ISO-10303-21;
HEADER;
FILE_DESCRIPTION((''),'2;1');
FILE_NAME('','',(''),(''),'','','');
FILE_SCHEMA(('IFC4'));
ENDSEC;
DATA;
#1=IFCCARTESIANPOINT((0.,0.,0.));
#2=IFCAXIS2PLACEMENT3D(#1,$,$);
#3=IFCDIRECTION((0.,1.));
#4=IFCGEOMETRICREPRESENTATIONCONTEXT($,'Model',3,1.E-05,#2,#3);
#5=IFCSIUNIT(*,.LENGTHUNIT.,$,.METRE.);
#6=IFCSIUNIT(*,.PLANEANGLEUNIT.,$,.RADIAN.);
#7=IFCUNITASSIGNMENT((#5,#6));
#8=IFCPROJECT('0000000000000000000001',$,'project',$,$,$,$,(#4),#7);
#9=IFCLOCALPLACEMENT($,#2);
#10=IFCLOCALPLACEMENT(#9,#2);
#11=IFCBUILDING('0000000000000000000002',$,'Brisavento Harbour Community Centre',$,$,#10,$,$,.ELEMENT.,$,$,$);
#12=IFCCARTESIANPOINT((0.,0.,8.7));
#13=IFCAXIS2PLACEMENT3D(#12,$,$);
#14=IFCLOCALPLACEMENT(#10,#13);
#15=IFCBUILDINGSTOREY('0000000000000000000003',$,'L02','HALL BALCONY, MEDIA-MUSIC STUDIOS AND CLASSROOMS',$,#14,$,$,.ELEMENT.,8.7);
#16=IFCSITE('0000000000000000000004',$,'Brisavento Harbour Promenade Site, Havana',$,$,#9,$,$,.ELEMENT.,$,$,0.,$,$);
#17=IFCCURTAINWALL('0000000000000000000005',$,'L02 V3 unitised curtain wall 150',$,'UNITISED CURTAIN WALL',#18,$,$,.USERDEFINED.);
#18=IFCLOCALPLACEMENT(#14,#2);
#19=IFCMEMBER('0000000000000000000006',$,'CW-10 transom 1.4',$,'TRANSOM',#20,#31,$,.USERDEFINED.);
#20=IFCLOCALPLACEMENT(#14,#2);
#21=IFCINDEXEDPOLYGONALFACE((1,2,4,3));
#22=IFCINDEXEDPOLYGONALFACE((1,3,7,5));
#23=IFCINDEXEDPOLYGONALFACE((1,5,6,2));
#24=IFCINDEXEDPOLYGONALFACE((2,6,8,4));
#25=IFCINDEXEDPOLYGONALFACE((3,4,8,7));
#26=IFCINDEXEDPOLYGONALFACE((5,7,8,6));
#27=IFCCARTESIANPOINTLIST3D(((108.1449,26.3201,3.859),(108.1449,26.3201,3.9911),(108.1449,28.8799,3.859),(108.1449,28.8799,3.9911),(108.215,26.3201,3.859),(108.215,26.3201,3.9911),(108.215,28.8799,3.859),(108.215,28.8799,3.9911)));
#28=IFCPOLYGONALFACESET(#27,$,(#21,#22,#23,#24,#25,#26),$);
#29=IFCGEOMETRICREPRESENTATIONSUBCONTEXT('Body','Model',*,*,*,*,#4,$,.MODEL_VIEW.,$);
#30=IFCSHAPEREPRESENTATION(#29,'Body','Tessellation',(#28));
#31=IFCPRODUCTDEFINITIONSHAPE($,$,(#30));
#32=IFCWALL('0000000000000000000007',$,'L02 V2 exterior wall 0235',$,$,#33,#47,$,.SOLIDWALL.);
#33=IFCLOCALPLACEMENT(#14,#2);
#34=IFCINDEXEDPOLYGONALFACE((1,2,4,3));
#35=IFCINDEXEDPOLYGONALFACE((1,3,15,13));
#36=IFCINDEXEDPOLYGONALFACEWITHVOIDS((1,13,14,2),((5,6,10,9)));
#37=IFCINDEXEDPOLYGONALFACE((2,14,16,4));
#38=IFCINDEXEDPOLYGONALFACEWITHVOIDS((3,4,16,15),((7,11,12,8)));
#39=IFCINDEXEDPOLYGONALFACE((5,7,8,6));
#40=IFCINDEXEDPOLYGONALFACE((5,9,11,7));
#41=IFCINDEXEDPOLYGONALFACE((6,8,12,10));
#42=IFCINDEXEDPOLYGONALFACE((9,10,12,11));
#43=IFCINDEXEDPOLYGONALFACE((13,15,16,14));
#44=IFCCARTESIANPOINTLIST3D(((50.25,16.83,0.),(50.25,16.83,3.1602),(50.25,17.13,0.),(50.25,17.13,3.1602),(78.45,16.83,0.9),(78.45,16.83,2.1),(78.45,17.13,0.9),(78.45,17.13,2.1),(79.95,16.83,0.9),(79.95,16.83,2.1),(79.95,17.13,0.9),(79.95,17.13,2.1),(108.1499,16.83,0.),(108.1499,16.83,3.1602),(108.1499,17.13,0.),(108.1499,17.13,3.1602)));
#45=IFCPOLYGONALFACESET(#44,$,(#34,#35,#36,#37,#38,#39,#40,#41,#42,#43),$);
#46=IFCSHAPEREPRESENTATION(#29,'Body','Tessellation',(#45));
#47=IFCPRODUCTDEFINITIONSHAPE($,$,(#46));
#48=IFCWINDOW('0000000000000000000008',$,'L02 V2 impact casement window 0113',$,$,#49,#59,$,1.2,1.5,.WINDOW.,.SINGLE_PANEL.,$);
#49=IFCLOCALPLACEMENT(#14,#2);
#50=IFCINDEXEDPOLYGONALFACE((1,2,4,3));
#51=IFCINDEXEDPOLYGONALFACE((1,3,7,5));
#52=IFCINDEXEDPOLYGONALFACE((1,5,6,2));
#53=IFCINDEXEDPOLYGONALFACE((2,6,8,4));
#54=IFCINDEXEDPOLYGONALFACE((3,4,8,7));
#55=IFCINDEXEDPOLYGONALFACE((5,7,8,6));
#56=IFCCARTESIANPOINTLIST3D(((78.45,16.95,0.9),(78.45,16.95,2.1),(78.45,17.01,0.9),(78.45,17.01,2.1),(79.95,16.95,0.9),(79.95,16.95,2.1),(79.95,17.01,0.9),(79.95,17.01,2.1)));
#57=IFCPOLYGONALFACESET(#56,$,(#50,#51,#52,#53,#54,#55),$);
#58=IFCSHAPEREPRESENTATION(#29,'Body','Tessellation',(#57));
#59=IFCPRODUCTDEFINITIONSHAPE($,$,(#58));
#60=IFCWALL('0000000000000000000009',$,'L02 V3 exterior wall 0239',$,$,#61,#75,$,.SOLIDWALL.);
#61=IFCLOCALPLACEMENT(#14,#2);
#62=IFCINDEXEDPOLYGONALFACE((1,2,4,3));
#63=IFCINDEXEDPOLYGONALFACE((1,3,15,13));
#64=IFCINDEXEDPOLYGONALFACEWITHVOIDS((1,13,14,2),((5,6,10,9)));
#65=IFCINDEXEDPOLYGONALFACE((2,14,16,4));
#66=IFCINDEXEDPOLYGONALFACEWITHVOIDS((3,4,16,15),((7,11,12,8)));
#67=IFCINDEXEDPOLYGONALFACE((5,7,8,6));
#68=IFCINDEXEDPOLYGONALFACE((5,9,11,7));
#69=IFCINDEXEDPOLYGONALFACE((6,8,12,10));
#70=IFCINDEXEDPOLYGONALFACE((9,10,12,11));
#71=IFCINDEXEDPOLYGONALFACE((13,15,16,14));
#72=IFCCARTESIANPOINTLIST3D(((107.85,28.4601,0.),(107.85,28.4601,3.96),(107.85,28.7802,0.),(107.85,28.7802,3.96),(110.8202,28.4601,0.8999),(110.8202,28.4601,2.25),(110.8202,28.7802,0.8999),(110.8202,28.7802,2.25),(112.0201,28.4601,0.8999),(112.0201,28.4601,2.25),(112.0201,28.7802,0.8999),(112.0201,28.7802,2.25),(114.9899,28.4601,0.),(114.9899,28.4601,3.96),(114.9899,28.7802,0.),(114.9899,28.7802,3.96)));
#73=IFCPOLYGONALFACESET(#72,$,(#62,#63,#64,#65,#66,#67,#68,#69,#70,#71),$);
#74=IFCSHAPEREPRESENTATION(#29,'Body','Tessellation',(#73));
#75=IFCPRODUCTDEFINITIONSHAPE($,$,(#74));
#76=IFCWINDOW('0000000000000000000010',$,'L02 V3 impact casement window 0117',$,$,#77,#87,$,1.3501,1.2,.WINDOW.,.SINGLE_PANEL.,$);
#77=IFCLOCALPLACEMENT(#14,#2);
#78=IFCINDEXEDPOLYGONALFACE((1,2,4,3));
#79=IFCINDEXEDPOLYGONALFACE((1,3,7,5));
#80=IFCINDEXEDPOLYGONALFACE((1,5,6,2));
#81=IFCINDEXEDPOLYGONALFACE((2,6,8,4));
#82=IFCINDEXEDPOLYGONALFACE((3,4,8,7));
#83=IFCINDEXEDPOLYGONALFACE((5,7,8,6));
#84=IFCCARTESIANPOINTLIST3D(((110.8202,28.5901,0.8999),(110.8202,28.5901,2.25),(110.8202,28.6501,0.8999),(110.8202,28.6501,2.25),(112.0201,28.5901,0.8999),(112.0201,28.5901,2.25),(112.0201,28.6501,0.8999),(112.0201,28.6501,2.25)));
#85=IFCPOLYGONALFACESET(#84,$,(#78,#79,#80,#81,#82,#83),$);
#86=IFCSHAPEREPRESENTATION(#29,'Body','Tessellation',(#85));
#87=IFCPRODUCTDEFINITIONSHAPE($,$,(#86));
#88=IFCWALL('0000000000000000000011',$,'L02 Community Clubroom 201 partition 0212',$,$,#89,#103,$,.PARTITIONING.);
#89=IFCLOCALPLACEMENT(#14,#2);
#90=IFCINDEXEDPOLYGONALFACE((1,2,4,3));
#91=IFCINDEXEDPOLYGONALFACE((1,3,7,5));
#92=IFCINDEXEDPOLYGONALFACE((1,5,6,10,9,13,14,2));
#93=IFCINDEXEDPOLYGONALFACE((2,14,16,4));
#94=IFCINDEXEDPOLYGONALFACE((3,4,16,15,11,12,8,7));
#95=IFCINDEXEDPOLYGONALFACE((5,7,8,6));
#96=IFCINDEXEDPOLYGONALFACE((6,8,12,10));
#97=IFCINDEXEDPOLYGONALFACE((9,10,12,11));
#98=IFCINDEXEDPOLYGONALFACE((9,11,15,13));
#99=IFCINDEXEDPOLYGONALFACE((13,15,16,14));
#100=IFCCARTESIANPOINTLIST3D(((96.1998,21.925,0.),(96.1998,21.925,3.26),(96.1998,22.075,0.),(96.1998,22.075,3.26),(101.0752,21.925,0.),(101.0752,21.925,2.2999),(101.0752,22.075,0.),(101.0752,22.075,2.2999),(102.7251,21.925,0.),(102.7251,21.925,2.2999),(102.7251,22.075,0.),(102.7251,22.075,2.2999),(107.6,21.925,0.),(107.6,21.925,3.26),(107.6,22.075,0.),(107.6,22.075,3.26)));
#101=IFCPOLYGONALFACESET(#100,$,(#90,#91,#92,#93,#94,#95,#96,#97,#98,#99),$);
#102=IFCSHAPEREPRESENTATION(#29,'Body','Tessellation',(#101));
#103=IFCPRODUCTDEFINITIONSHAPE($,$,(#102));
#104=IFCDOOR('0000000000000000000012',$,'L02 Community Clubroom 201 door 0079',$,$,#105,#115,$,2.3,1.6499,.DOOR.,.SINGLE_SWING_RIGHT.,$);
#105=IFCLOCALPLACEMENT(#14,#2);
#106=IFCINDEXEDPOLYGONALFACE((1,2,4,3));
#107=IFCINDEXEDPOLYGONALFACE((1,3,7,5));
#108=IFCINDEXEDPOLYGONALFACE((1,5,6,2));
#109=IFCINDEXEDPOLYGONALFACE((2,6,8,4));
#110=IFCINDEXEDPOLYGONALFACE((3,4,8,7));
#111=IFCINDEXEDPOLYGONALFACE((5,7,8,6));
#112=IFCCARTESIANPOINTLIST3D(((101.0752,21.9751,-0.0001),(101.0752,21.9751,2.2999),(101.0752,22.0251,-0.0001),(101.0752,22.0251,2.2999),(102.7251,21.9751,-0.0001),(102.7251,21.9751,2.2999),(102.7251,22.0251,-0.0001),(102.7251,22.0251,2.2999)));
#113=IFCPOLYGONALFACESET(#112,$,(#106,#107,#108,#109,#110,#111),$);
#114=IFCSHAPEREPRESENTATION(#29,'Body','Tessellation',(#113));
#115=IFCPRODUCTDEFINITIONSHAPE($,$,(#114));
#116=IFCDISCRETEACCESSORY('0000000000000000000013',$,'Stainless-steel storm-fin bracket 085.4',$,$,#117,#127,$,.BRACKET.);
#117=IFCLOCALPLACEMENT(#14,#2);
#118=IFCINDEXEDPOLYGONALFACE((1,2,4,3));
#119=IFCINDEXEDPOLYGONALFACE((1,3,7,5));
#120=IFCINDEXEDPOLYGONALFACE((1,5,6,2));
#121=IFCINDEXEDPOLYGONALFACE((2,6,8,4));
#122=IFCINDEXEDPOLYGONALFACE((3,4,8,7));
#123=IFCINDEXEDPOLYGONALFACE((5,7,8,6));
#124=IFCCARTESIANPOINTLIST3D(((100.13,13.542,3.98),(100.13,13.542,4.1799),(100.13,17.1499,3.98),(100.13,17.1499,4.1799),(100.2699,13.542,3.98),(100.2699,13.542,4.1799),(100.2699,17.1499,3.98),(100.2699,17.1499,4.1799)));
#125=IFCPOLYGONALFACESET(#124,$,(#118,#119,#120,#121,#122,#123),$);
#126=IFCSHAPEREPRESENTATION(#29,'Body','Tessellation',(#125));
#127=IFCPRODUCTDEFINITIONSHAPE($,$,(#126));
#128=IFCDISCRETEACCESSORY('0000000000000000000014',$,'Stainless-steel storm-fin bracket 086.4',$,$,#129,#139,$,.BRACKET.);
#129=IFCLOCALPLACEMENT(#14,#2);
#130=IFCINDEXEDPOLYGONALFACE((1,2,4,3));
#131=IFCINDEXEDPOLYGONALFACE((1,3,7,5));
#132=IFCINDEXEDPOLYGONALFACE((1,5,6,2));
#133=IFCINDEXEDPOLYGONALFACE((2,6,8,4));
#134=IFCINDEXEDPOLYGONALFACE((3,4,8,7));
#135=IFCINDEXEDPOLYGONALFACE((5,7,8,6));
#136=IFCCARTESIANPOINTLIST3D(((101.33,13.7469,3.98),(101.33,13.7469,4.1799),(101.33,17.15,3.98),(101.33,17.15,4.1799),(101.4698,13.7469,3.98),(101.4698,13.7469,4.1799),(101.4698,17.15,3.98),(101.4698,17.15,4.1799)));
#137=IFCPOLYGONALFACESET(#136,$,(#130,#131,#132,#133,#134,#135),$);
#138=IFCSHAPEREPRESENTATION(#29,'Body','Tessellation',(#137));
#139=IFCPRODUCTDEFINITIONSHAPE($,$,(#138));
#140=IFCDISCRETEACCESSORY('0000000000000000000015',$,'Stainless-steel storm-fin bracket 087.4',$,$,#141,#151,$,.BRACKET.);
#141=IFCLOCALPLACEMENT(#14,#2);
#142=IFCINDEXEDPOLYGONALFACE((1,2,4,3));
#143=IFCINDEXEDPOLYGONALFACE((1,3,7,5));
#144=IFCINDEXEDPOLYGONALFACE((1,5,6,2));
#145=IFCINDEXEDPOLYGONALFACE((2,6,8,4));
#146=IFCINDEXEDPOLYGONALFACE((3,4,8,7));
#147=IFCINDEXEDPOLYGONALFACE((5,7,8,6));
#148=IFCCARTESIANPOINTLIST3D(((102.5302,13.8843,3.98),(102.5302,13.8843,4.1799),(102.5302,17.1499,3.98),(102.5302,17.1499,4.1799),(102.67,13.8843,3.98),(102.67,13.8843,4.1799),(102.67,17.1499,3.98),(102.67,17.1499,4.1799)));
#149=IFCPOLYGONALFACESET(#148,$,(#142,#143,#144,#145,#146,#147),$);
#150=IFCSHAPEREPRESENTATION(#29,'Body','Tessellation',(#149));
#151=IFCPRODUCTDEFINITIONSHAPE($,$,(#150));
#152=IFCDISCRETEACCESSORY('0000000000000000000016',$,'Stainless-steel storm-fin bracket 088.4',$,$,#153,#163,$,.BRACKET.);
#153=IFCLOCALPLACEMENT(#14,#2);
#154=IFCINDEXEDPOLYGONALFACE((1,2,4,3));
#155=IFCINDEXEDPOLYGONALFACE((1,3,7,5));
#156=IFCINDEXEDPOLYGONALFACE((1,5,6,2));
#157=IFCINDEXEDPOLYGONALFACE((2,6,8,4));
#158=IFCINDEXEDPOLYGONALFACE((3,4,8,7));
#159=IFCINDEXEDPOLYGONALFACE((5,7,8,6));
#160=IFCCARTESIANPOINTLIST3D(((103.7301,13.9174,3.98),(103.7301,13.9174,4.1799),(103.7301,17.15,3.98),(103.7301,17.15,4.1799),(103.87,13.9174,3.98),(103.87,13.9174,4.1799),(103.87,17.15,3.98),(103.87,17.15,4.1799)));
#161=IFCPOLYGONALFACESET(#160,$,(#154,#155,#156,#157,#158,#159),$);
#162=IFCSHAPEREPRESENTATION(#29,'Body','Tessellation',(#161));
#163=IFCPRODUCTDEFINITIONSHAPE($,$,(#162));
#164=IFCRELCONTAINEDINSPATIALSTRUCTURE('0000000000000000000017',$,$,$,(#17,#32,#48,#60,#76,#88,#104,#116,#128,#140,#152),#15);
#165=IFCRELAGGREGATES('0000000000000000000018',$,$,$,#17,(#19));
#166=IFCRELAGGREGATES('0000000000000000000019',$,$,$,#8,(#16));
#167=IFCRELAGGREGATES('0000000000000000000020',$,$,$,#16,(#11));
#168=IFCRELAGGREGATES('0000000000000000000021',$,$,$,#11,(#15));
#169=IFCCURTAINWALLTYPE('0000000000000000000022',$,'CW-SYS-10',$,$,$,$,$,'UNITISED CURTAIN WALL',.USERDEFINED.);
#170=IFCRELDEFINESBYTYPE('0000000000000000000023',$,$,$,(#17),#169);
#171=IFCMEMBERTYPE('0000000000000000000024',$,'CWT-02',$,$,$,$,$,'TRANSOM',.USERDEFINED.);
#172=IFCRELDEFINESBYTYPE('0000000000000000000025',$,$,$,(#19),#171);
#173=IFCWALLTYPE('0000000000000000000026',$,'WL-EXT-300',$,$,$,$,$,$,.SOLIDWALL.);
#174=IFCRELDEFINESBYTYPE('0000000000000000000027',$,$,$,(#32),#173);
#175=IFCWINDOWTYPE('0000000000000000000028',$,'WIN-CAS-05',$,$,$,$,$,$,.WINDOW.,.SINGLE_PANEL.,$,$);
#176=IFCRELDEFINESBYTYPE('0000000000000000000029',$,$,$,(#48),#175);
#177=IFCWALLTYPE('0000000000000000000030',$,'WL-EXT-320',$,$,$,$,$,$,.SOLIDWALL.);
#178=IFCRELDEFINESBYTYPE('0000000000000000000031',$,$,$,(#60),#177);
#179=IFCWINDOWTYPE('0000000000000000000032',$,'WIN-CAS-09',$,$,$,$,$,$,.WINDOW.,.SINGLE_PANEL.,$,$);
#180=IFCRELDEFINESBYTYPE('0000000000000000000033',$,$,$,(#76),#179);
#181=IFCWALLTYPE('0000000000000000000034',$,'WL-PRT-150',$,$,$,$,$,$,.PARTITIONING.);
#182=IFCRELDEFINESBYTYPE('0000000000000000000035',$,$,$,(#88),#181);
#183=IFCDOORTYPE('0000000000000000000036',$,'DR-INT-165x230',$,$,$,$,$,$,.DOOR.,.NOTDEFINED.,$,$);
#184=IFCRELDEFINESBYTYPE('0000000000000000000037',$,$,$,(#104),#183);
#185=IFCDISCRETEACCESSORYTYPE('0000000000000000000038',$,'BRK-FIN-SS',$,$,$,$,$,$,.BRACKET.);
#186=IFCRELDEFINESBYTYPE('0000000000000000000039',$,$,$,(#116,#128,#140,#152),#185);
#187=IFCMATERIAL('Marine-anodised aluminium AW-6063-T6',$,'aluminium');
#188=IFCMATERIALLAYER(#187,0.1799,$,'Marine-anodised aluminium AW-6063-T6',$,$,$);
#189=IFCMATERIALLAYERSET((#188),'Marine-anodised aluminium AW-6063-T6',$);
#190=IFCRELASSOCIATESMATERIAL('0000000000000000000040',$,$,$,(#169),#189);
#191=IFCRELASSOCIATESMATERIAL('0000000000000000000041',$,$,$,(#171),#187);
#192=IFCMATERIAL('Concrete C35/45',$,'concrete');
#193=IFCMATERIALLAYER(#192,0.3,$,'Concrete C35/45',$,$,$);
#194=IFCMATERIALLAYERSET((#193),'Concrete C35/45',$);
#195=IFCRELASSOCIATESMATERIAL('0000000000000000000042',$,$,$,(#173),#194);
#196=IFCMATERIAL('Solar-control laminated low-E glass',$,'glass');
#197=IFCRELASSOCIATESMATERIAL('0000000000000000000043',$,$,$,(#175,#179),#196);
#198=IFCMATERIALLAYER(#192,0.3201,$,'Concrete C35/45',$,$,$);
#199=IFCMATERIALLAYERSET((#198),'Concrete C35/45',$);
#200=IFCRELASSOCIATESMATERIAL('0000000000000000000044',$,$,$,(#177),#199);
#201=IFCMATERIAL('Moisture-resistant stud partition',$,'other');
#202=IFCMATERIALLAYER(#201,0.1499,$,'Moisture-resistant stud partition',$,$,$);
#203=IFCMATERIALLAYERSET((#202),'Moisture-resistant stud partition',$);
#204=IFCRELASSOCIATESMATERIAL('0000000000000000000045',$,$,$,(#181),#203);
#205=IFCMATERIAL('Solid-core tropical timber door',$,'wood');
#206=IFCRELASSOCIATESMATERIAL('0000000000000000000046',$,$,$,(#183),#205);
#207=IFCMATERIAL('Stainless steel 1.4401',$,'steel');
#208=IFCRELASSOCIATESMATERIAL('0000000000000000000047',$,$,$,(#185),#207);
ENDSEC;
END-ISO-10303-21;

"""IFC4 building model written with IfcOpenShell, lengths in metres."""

from ifc_helpers import new_model, si_unit, direction, frame, frame_2d, origin, origin_2d, place, context, subcontext, project, spatial, rectangle, extrude, material, layer, layer_set, material_profile, profile_set, type_object, element, fill, aggregate, save


model = new_model("IFC4")

# Units and contexts
model_context = context("Model", 3, precision=1e-05, world=origin(), true_north=direction((0.0, 1.0)))
body_context = subcontext(model_context, "Body", "Model", "MODEL_VIEW")
ifc_project = project(units=[si_unit("LENGTHUNIT", "METRE"), si_unit("PLANEANGLEUNIT", "RADIAN")], contexts=[model_context])

# Site, building, storey
site_placement = place(None, origin())
site = spatial("IfcSite", under=ifc_project, at=site_placement, Name="Brisavento Harbour Promenade Site, Havana", CompositionType="ELEMENT", RefElevation=0.0)
building_placement = place(site_placement, origin())
building = spatial("IfcBuilding", under=site, at=building_placement, Name="Brisavento Harbour Community Centre", CompositionType="ELEMENT")
storey_placement = place(building_placement, frame((0.0, 0.0, 8.7)))
storey = spatial("IfcBuildingStorey", under=building, at=storey_placement, Name="L02", Description="HALL BALCONY, MEDIA-MUSIC STUDIOS AND CLASSROOMS", CompositionType="ELEMENT", Elevation=8.7)

# Shared definitions
ifc_material_1 = material(Name="Concrete C35/45", Category="concrete")

# Curtain wall, member
ifc_material_2 = material(Name="Marine-anodised aluminium AW-6063-T6", Category="aluminium")
ifc_layer_1 = layer(ifc_material_2, 0.1799, Name="Marine-anodised aluminium AW-6063-T6")
ifc_layer_set_1 = layer_set([ifc_layer_1], Name="Marine-anodised aluminium AW-6063-T6")
curtain_wall_type = type_object("IfcCurtainWallType", Name="CW-SYS-10", ElementType="UNITISED CURTAIN WALL", PredefinedType="USERDEFINED", material=ifc_layer_set_1)
curtain_wall_placement = place(storey_placement, origin())
curtain_wall = element("IfcCurtainWall", 1, at=curtain_wall_placement, inside=storey, type_object=curtain_wall_type, Name="L02 V3 unitised curtain wall 150", ObjectType="UNITISED CURTAIN WALL", PredefinedType="USERDEFINED")
ifc_material_profile_1 = material_profile(ifc_material_2, rectangle(XDim=0.0701, YDim=0.1321, at=origin_2d()), Name="Marine-anodised aluminium AW-6063-T6")
ifc_profile_set_1 = profile_set([ifc_material_profile_1], Name="Marine-anodised aluminium AW-6063-T6")
member_type_1 = type_object("IfcMemberType", Name="CWT-02", ElementType="TRANSOM", PredefinedType="USERDEFINED", material=ifc_profile_set_1)
member_1_placement = place(storey_placement, frame((108.1799, 26.3201, 3.925), z_axis=(0.0, 1.0, 0.0), x_axis=(-1.0, 0.0, 0.0)))
member_1 = element("IfcMember", 2, at=member_1_placement, type_object=member_type_1, Name="CW-10 transom 1.4", ObjectType="TRANSOM", PredefinedType="USERDEFINED", context=body_context, shape_type="SweptSolid", body=[
    extrude(rectangle(XDim=0.0701, YDim=0.1321, at=origin_2d()), origin(), (0.0, 0.0, 1.0), 2.5598),
])
aggregate(curtain_wall, [member_1])

# Walls, openings, windows
ifc_layer_2 = layer(ifc_material_1, 0.3, Name="Concrete C35/45")
ifc_layer_set_2 = layer_set([ifc_layer_2], Name="Concrete C35/45")
wall_type_1 = type_object("IfcWallType", Name="WL-EXT-300", PredefinedType="SOLIDWALL", material=ifc_layer_set_2)
wall_1_placement = place(storey_placement, frame((108.1499, 16.98, 0.0), z_axis=(0.0, 0.0, 1.0), x_axis=(-1.0, 0.0, 0.0)))
wall_1 = element("IfcWall", 3, at=wall_1_placement, inside=storey, type_object=wall_type_1, Name="L02 V2 exterior wall 0235", PredefinedType="SOLIDWALL", context=body_context, shape_type="SweptSolid", body=[
    extrude(rectangle(XDim=57.8999, YDim=0.3, at=frame_2d((28.95, 0.0))), origin(), (0.0, 0.0, 1.0), 3.1602),
])
opening_1_placement = place(wall_1_placement, frame((28.2, 0.0, 0.8999)))
opening_1 = element("IfcOpeningElement", 4, at=opening_1_placement, cuts=wall_1, PredefinedType="OPENING", context=body_context, shape_type="SweptSolid", body=[
    extrude(rectangle(XDim=1.5, YDim=1.2, at=frame_2d((0.75, 0.6001))), frame((0.0, 0.1602, 0.0), z_axis=(0.0, -1.0, 0.0), x_axis=(1.0, 0.0, 0.0)), (0.0, 0.0, 1.0), 0.3201),
])
ifc_material_3 = material(Name="Solar-control laminated low-E glass", Category="glass")
window_type_1 = type_object("IfcWindowType", Name="WIN-CAS-05", PartitioningType="SINGLE_PANEL", PredefinedType="WINDOW", material=ifc_material_3)
window_1_placement = place(opening_1_placement, origin())
window_1 = element("IfcWindow", 5, at=window_1_placement, inside=storey, type_object=window_type_1, Name="L02 V2 impact casement window 0113", OverallHeight=1.2, OverallWidth=1.5, PartitioningType="SINGLE_PANEL", PredefinedType="WINDOW", context=body_context, shape_type="SweptSolid", body=[
    extrude(rectangle(XDim=1.5, YDim=1.2, at=frame_2d((0.75, 0.6001))), frame((0.0, 0.03, 0.0), z_axis=(0.0, -1.0, 0.0), x_axis=(1.0, 0.0, 0.0)), (0.0, 0.0, 1.0), 0.0601),
])
fill(opening_1, window_1)
ifc_layer_3 = layer(ifc_material_1, 0.3201, Name="Concrete C35/45")
ifc_layer_set_3 = layer_set([ifc_layer_3], Name="Concrete C35/45")
wall_type_2 = type_object("IfcWallType", Name="WL-EXT-320", PredefinedType="SOLIDWALL", material=ifc_layer_set_3)
wall_2_placement = place(storey_placement, frame((107.8501, 28.6201, 0.0), z_axis=(0.0, 0.0, 1.0), x_axis=(1.0, 0.0, 0.0)))
wall_2 = element("IfcWall", 6, at=wall_2_placement, inside=storey, type_object=wall_type_2, Name="L02 V3 exterior wall 0239", PredefinedType="SOLIDWALL", context=body_context, shape_type="SweptSolid", body=[
    extrude(rectangle(XDim=7.1399, YDim=0.3201, at=frame_2d((3.5698, 0.0))), origin(), (0.0, 0.0, 1.0), 3.96),
])
opening_2_placement = place(wall_2_placement, frame((2.97, 0.0, 0.8999)))
opening_2 = element("IfcOpeningElement", 7, at=opening_2_placement, cuts=wall_2, PredefinedType="OPENING", context=body_context, shape_type="SweptSolid", body=[
    extrude(rectangle(XDim=1.2, YDim=1.3501, at=frame_2d((0.6001, 0.675))), frame((0.0, 0.1699, 0.0), z_axis=(0.0, -1.0, 0.0), x_axis=(1.0, 0.0, 0.0)), (0.0, 0.0, 1.0), 0.3401),
])
window_type_2 = type_object("IfcWindowType", Name="WIN-CAS-09", PartitioningType="SINGLE_PANEL", PredefinedType="WINDOW", material=ifc_material_3)
window_2_placement = place(opening_2_placement, origin())
window_2 = element("IfcWindow", 8, at=window_2_placement, inside=storey, type_object=window_type_2, Name="L02 V3 impact casement window 0117", OverallHeight=1.3501, OverallWidth=1.2, PartitioningType="SINGLE_PANEL", PredefinedType="WINDOW", context=body_context, shape_type="SweptSolid", body=[
    extrude(rectangle(XDim=1.2, YDim=1.3501, at=frame_2d((0.6001, 0.675))), frame((0.0, 0.03, 0.0), z_axis=(0.0, -1.0, 0.0), x_axis=(1.0, 0.0, 0.0)), (0.0, 0.0, 1.0), 0.0601),
])
fill(opening_2, window_2)

# Wall, opening, door
ifc_material_4 = material(Name="Moisture-resistant stud partition", Category="other")
ifc_layer_4 = layer(ifc_material_4, 0.1499, Name="Moisture-resistant stud partition")
ifc_layer_set_4 = layer_set([ifc_layer_4], Name="Moisture-resistant stud partition")
wall_type_3 = type_object("IfcWallType", Name="WL-PRT-150", PredefinedType="PARTITIONING", material=ifc_layer_set_4)
wall_3_placement = place(storey_placement, frame((107.6001, 22.0, 0.0), z_axis=(0.0, 0.0, 1.0), x_axis=(-1.0, 0.0, 0.0)))
wall_3 = element("IfcWall", 9, at=wall_3_placement, inside=storey, type_object=wall_type_3, Name="L02 Community Clubroom 201 partition 0212", PredefinedType="PARTITIONING", context=body_context, shape_type="SweptSolid", body=[
    extrude(rectangle(XDim=11.4001, YDim=0.1499, at=frame_2d((5.7002, 0.0))), origin(), (0.0, 0.0, 1.0), 3.26),
])
opening_3_placement = place(wall_3_placement, frame((4.875, 0.0, 0.0)))
opening_3 = element("IfcOpeningElement", 10, at=opening_3_placement, cuts=wall_3, PredefinedType="OPENING", context=body_context, shape_type="SweptSolid", body=[
    extrude(rectangle(XDim=1.6499, YDim=2.3, at=frame_2d((0.825, 1.1499))), frame((0.0, 0.085, 0.0), z_axis=(0.0, -1.0, 0.0), x_axis=(1.0, 0.0, 0.0)), (0.0, 0.0, 1.0), 0.1699),
])
ifc_material_5 = material(Name="Solid-core tropical timber door", Category="wood")
door_type = type_object("IfcDoorType", Name="DR-INT-165x230", OperationType="NOTDEFINED", PredefinedType="DOOR", material=ifc_material_5)
door_placement = place(opening_3_placement, origin())
door = element("IfcDoor", 11, at=door_placement, inside=storey, type_object=door_type, Name="L02 Community Clubroom 201 door 0079", OperationType="SINGLE_SWING_RIGHT", OverallHeight=2.3, OverallWidth=1.6499, PredefinedType="DOOR", context=body_context, shape_type="SweptSolid", body=[
    extrude(rectangle(XDim=1.6499, YDim=2.3, at=frame_2d((0.825, 1.1499))), frame((0.0, 0.0249, 0.0), z_axis=(0.0, -1.0, 0.0), x_axis=(1.0, 0.0, 0.0)), (0.0, 0.0, 1.0), 0.05),
])
fill(opening_3, door)

# Discrete accessories
ifc_material_6 = material(Name="Stainless steel 1.4401", Category="steel")
discrete_accessory_type = type_object("IfcDiscreteAccessoryType", Name="BRK-FIN-SS", PredefinedType="BRACKET", material=ifc_material_6)
discrete_accessory_1_placement = place(storey_placement, frame((100.2, 15.3459, 3.98), z_axis=(0.0, 0.0, 1.0), x_axis=(0.0, -1.0, 0.0)))
element("IfcDiscreteAccessory", 12, at=discrete_accessory_1_placement, inside=storey, type_object=discrete_accessory_type, Name="Stainless-steel storm-fin bracket 085.4", PredefinedType="BRACKET", context=body_context, shape_type="SweptSolid", body=[
    extrude(rectangle(XDim=3.6079, YDim=0.1399, at=origin_2d()), origin(), (0.0, 0.0, 1.0), 0.2),
])
discrete_accessory_2_placement = place(storey_placement, frame((101.3999, 15.4485, 3.98), z_axis=(0.0, 0.0, 1.0), x_axis=(0.0, -1.0, 0.0)))
element("IfcDiscreteAccessory", 13, at=discrete_accessory_2_placement, inside=storey, type_object=discrete_accessory_type, Name="Stainless-steel storm-fin bracket 086.4", PredefinedType="BRACKET", context=body_context, shape_type="SweptSolid", body=[
    extrude(rectangle(XDim=3.4031, YDim=0.1399, at=origin_2d()), origin(), (0.0, 0.0, 1.0), 0.2),
])
discrete_accessory_3_placement = place(storey_placement, frame((102.6001, 15.5171, 3.98), z_axis=(0.0, 0.0, 1.0), x_axis=(0.0, -1.0, 0.0)))
element("IfcDiscreteAccessory", 14, at=discrete_accessory_3_placement, inside=storey, type_object=discrete_accessory_type, Name="Stainless-steel storm-fin bracket 087.4", PredefinedType="BRACKET", context=body_context, shape_type="SweptSolid", body=[
    extrude(rectangle(XDim=3.2656, YDim=0.1399, at=origin_2d()), origin(), (0.0, 0.0, 1.0), 0.2),
])
discrete_accessory_4_placement = place(storey_placement, frame((103.8, 15.5337, 3.98), z_axis=(0.0, 0.0, 1.0), x_axis=(0.0, -1.0, 0.0)))
element("IfcDiscreteAccessory", 15, at=discrete_accessory_4_placement, inside=storey, type_object=discrete_accessory_type, Name="Stainless-steel storm-fin bracket 088.4", PredefinedType="BRACKET", context=body_context, shape_type="SweptSolid", body=[
    extrude(rectangle(XDim=3.2327, YDim=0.1399, at=origin_2d()), origin(), (0.0, 0.0, 1.0), 0.2),
])

save(model, "model.ifc")
